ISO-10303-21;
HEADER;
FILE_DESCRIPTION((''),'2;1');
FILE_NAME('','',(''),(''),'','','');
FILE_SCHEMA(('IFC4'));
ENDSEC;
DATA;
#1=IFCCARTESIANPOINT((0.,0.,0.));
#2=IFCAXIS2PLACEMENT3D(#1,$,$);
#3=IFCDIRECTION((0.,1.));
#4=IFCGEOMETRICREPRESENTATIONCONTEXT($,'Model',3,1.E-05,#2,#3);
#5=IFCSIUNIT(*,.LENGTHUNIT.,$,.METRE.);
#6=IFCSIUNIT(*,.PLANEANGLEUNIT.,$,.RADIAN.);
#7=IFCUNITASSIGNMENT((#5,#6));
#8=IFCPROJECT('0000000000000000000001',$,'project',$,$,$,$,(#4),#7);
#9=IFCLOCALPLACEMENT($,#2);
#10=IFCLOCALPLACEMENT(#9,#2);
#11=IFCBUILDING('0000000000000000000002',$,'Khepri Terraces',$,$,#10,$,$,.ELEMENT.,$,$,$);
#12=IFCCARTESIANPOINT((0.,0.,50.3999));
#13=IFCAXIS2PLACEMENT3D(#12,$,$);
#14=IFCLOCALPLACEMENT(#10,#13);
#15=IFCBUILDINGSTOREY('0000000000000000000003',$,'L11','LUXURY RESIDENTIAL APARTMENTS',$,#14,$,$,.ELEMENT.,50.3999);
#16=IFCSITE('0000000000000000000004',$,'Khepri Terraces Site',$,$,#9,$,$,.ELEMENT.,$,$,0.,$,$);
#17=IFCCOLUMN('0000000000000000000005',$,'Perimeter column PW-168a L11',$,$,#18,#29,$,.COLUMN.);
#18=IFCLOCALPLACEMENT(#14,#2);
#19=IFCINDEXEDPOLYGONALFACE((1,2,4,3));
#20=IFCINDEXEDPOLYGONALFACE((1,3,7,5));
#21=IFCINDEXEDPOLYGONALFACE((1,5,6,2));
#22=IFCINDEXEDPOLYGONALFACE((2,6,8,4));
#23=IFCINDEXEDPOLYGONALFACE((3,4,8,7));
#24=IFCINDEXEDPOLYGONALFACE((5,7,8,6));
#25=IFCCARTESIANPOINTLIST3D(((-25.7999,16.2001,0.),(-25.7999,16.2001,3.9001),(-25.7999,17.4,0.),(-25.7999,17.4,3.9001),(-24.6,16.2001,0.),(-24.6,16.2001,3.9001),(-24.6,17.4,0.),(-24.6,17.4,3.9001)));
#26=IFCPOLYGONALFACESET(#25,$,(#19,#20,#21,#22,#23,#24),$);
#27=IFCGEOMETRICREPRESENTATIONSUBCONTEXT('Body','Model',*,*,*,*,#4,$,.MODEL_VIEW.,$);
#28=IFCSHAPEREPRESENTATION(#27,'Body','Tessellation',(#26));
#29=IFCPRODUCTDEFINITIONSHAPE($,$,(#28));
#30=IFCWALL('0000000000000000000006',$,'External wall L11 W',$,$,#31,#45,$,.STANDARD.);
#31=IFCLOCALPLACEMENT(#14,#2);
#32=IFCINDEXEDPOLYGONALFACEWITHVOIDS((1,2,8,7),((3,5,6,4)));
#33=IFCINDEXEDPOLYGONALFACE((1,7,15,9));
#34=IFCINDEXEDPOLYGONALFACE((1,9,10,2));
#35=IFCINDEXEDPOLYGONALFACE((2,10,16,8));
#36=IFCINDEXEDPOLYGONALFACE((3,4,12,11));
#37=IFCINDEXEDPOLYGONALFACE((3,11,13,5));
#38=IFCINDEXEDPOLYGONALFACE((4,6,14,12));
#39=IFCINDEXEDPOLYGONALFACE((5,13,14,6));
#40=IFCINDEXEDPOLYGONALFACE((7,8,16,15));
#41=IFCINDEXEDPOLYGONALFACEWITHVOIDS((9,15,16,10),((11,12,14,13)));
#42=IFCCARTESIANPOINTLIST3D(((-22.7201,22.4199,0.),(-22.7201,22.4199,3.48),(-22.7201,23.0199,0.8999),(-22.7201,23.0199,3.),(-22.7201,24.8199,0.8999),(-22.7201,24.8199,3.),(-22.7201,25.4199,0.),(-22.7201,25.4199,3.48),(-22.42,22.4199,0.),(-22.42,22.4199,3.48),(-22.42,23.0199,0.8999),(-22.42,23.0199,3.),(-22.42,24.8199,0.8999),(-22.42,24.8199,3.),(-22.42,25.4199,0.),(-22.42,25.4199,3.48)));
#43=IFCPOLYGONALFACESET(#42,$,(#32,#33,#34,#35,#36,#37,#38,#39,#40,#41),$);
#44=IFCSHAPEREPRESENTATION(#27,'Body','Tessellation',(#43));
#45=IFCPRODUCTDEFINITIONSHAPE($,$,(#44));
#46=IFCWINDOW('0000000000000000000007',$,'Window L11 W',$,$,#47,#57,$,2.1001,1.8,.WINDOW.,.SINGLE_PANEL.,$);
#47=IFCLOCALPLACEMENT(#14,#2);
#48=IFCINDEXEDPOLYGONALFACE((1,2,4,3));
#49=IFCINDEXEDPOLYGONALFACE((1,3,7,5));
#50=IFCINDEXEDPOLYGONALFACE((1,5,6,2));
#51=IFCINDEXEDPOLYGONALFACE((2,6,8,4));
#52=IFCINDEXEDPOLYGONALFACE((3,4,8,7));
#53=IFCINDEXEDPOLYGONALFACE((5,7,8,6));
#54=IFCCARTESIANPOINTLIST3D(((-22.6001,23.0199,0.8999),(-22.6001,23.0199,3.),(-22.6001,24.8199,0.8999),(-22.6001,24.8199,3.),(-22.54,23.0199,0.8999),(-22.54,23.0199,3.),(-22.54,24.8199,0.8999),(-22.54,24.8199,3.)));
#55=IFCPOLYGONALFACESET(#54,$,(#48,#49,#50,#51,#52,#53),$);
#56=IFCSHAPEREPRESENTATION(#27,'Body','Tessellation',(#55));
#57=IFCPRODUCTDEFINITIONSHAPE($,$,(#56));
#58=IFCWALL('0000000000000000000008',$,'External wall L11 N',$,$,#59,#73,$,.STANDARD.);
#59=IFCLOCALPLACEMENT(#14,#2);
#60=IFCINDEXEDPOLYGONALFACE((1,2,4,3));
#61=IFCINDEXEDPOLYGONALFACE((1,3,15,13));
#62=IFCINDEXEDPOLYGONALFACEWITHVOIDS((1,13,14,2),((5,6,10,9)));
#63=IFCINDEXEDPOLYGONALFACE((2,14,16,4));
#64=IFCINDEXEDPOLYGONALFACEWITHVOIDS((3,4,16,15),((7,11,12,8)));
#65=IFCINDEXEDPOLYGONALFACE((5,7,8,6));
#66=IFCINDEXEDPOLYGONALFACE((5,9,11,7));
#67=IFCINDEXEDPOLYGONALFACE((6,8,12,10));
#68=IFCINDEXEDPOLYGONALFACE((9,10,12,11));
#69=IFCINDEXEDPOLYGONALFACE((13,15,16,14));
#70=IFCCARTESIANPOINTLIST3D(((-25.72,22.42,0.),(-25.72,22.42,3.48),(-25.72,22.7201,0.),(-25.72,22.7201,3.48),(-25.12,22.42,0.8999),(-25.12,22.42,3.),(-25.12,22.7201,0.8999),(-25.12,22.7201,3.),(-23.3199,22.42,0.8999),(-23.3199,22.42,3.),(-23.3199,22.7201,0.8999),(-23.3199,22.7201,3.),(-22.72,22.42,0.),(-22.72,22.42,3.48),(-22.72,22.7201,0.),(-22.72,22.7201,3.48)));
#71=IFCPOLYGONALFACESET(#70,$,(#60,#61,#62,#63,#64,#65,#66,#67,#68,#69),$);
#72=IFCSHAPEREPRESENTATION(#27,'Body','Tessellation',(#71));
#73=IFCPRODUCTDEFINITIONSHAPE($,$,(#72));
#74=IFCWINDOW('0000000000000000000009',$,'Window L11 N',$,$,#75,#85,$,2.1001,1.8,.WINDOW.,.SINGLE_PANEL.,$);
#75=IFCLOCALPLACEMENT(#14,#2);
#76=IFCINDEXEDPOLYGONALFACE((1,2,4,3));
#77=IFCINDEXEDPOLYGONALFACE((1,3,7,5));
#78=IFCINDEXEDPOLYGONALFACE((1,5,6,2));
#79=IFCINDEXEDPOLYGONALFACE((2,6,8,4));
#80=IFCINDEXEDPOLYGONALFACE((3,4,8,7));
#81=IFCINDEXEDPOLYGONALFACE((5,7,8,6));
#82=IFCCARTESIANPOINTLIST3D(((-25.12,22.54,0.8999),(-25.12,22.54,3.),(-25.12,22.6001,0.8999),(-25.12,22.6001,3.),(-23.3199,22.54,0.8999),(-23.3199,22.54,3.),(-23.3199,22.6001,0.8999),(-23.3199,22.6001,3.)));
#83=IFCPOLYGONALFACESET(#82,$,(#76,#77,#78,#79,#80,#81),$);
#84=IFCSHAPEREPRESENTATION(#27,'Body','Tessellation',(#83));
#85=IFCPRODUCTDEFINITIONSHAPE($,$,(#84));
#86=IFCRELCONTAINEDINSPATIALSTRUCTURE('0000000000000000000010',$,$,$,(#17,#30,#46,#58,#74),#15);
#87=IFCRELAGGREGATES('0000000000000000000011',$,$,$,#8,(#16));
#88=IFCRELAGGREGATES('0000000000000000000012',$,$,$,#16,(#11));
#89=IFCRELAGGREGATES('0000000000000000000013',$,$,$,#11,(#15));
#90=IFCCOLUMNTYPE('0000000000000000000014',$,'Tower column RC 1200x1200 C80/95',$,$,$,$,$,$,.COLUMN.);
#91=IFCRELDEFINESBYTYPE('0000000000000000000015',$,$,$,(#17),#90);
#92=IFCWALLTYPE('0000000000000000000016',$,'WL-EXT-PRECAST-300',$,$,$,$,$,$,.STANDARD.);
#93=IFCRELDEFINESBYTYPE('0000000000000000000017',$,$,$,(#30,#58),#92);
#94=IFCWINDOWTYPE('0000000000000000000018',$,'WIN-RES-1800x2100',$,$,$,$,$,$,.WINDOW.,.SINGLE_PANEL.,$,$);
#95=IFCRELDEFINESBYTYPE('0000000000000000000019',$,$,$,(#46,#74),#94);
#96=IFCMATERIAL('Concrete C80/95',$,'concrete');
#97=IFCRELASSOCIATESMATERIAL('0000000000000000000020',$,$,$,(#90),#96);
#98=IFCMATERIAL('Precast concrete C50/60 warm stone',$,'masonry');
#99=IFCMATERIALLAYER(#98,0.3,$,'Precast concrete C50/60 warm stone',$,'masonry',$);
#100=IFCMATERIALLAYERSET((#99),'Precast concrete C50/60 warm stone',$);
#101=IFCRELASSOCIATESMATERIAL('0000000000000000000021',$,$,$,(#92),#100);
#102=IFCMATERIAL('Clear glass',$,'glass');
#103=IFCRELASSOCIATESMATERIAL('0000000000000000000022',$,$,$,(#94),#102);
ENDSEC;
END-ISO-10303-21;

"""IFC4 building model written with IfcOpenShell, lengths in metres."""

from ifc_helpers import new_model, si_unit, direction, frame, frame_2d, origin, origin_2d, place, context, subcontext, project, spatial, rectangle, extrude, material, layer, layer_set, material_profile, profile_set, type_object, element, fill, save


model = new_model("IFC4")

# Units and contexts
model_context = context("Model", 3, precision=1e-05, world=origin(), true_north=direction((0.0, 1.0)))
body_context = subcontext(model_context, "Body", "Model", "MODEL_VIEW")
ifc_project = project(units=[si_unit("LENGTHUNIT", "METRE"), si_unit("PLANEANGLEUNIT", "RADIAN")], contexts=[model_context])

# Site, building, storey
site_placement = place(None, origin())
site = spatial("IfcSite", under=ifc_project, at=site_placement, Name="Khepri Terraces Site", CompositionType="ELEMENT", RefElevation=0.0)
building_placement = place(site_placement, origin())
building = spatial("IfcBuilding", under=site, at=building_placement, Name="Khepri Terraces", CompositionType="ELEMENT")
storey_placement = place(building_placement, frame((0.0, 0.0, 50.3999)))
storey = spatial("IfcBuildingStorey", under=building, at=storey_placement, Name="L11", Description="LUXURY RESIDENTIAL APARTMENTS", CompositionType="ELEMENT", Elevation=50.3999)

# Column
ifc_material_1 = material(Name="Concrete C80/95", Category="concrete")
ifc_material_profile = material_profile(ifc_material_1, rectangle(XDim=1.2, YDim=1.2, at=origin_2d()), Name="Concrete C80/95", Category="concrete")
ifc_profile_set = profile_set([ifc_material_profile], Name="Concrete C80/95")
column_type = type_object("IfcColumnType", Name="Tower column RC 1200x1200 C80/95", PredefinedType="COLUMN", material=ifc_profile_set)
column_placement = place(storey_placement, frame((-25.2, 16.8, 0.0), z_axis=(0.0, 0.0, 1.0), x_axis=(1.0, 0.0, 0.0)))
element("IfcColumn", 1, at=column_placement, inside=storey, type_object=column_type, Name="Perimeter column PW-168a L11", PredefinedType="COLUMN", context=body_context, shape_type="SweptSolid", body=[
    extrude(rectangle(XDim=1.2, YDim=1.2, at=origin_2d()), origin(), (0.0, 0.0, 1.0), 3.9001),
])

# Walls, openings, windows
ifc_material_2 = material(Name="Precast concrete C50/60 warm stone", Category="masonry")
ifc_layer = layer(ifc_material_2, 0.3, Name="Precast concrete C50/60 warm stone", Category="masonry")
ifc_layer_set = layer_set([ifc_layer], Name="Precast concrete C50/60 warm stone")
wall_type = type_object("IfcWallType", Name="WL-EXT-PRECAST-300", PredefinedType="STANDARD", material=ifc_layer_set)
wall_1_placement = place(storey_placement, frame((-22.5701, 25.4199, 0.0), z_axis=(0.0, 0.0, 1.0), x_axis=(0.0, -1.0, 0.0)))
wall_1 = element("IfcWall", 2, at=wall_1_placement, inside=storey, type_object=wall_type, Name="External wall L11 W", PredefinedType="STANDARD", context=body_context, shape_type="SweptSolid", body=[
    extrude(rectangle(XDim=3.0, YDim=0.3, at=frame_2d((1.5, 0.0))), origin(), (0.0, 0.0, 1.0), 3.48),
])
opening_1_placement = place(wall_1_placement, frame((0.6001, 0.0, 0.8999)))
opening_1 = element("IfcOpeningElement", 3, at=opening_1_placement, cuts=wall_1, PredefinedType="OPENING", context=body_context, shape_type="SweptSolid", body=[
    extrude(rectangle(XDim=1.8, YDim=2.1001, at=frame_2d((0.8999, 1.05))), frame((0.0, 0.1602, 0.0), z_axis=(0.0, -1.0, 0.0), x_axis=(1.0, 0.0, 0.0)), (0.0, 0.0, 1.0), 0.3201),
])
ifc_material_3 = material(Name="Clear glass", Category="glass")
window_type = type_object("IfcWindowType", Name="WIN-RES-1800x2100", PartitioningType="SINGLE_PANEL", PredefinedType="WINDOW", material=ifc_material_3)
window_1_placement = place(opening_1_placement, origin())
window_1 = element("IfcWindow", 4, at=window_1_placement, inside=storey, type_object=window_type, Name="Window L11 W", OverallHeight=2.1001, OverallWidth=1.8, PartitioningType="SINGLE_PANEL", PredefinedType="WINDOW", context=body_context, shape_type="SweptSolid", body=[
    extrude(rectangle(XDim=1.8, YDim=2.1001, at=frame_2d((0.8999, 1.05))), frame((0.0, 0.03, 0.0), z_axis=(0.0, -1.0, 0.0), x_axis=(1.0, 0.0, 0.0)), (0.0, 0.0, 1.0), 0.0601),
])
fill(opening_1, window_1)
wall_2_placement = place(storey_placement, frame((-22.72, 22.5701, 0.0), z_axis=(0.0, 0.0, 1.0), x_axis=(-1.0, 0.0, 0.0)))
wall_2 = element("IfcWall", 5, at=wall_2_placement, inside=storey, type_object=wall_type, Name="External wall L11 N", PredefinedType="STANDARD", context=body_context, shape_type="SweptSolid", body=[
    extrude(rectangle(XDim=3.0, YDim=0.3, at=frame_2d((1.5, 0.0))), origin(), (0.0, 0.0, 1.0), 3.48),
])
opening_2_placement = place(wall_2_placement, frame((0.6001, 0.0, 0.8999)))
opening_2 = element("IfcOpeningElement", 6, at=opening_2_placement, cuts=wall_2, PredefinedType="OPENING", context=body_context, shape_type="SweptSolid", body=[
    extrude(rectangle(XDim=1.8, YDim=2.1001, at=frame_2d((0.8999, 1.05))), frame((0.0, 0.1602, 0.0), z_axis=(0.0, -1.0, 0.0), x_axis=(1.0, 0.0, 0.0)), (0.0, 0.0, 1.0), 0.3201),
])
window_2_placement = place(opening_2_placement, origin())
window_2 = element("IfcWindow", 7, at=window_2_placement, inside=storey, type_object=window_type, Name="Window L11 N", OverallHeight=2.1001, OverallWidth=1.8, PartitioningType="SINGLE_PANEL", PredefinedType="WINDOW", context=body_context, shape_type="SweptSolid", body=[
    extrude(rectangle(XDim=1.8, YDim=2.1001, at=frame_2d((0.8999, 1.05))), frame((0.0, 0.03, 0.0), z_axis=(0.0, -1.0, 0.0), x_axis=(1.0, 0.0, 0.0)), (0.0, 0.0, 1.0), 0.0601),
])
fill(opening_2, window_2)

save(model, "model.ifc")
